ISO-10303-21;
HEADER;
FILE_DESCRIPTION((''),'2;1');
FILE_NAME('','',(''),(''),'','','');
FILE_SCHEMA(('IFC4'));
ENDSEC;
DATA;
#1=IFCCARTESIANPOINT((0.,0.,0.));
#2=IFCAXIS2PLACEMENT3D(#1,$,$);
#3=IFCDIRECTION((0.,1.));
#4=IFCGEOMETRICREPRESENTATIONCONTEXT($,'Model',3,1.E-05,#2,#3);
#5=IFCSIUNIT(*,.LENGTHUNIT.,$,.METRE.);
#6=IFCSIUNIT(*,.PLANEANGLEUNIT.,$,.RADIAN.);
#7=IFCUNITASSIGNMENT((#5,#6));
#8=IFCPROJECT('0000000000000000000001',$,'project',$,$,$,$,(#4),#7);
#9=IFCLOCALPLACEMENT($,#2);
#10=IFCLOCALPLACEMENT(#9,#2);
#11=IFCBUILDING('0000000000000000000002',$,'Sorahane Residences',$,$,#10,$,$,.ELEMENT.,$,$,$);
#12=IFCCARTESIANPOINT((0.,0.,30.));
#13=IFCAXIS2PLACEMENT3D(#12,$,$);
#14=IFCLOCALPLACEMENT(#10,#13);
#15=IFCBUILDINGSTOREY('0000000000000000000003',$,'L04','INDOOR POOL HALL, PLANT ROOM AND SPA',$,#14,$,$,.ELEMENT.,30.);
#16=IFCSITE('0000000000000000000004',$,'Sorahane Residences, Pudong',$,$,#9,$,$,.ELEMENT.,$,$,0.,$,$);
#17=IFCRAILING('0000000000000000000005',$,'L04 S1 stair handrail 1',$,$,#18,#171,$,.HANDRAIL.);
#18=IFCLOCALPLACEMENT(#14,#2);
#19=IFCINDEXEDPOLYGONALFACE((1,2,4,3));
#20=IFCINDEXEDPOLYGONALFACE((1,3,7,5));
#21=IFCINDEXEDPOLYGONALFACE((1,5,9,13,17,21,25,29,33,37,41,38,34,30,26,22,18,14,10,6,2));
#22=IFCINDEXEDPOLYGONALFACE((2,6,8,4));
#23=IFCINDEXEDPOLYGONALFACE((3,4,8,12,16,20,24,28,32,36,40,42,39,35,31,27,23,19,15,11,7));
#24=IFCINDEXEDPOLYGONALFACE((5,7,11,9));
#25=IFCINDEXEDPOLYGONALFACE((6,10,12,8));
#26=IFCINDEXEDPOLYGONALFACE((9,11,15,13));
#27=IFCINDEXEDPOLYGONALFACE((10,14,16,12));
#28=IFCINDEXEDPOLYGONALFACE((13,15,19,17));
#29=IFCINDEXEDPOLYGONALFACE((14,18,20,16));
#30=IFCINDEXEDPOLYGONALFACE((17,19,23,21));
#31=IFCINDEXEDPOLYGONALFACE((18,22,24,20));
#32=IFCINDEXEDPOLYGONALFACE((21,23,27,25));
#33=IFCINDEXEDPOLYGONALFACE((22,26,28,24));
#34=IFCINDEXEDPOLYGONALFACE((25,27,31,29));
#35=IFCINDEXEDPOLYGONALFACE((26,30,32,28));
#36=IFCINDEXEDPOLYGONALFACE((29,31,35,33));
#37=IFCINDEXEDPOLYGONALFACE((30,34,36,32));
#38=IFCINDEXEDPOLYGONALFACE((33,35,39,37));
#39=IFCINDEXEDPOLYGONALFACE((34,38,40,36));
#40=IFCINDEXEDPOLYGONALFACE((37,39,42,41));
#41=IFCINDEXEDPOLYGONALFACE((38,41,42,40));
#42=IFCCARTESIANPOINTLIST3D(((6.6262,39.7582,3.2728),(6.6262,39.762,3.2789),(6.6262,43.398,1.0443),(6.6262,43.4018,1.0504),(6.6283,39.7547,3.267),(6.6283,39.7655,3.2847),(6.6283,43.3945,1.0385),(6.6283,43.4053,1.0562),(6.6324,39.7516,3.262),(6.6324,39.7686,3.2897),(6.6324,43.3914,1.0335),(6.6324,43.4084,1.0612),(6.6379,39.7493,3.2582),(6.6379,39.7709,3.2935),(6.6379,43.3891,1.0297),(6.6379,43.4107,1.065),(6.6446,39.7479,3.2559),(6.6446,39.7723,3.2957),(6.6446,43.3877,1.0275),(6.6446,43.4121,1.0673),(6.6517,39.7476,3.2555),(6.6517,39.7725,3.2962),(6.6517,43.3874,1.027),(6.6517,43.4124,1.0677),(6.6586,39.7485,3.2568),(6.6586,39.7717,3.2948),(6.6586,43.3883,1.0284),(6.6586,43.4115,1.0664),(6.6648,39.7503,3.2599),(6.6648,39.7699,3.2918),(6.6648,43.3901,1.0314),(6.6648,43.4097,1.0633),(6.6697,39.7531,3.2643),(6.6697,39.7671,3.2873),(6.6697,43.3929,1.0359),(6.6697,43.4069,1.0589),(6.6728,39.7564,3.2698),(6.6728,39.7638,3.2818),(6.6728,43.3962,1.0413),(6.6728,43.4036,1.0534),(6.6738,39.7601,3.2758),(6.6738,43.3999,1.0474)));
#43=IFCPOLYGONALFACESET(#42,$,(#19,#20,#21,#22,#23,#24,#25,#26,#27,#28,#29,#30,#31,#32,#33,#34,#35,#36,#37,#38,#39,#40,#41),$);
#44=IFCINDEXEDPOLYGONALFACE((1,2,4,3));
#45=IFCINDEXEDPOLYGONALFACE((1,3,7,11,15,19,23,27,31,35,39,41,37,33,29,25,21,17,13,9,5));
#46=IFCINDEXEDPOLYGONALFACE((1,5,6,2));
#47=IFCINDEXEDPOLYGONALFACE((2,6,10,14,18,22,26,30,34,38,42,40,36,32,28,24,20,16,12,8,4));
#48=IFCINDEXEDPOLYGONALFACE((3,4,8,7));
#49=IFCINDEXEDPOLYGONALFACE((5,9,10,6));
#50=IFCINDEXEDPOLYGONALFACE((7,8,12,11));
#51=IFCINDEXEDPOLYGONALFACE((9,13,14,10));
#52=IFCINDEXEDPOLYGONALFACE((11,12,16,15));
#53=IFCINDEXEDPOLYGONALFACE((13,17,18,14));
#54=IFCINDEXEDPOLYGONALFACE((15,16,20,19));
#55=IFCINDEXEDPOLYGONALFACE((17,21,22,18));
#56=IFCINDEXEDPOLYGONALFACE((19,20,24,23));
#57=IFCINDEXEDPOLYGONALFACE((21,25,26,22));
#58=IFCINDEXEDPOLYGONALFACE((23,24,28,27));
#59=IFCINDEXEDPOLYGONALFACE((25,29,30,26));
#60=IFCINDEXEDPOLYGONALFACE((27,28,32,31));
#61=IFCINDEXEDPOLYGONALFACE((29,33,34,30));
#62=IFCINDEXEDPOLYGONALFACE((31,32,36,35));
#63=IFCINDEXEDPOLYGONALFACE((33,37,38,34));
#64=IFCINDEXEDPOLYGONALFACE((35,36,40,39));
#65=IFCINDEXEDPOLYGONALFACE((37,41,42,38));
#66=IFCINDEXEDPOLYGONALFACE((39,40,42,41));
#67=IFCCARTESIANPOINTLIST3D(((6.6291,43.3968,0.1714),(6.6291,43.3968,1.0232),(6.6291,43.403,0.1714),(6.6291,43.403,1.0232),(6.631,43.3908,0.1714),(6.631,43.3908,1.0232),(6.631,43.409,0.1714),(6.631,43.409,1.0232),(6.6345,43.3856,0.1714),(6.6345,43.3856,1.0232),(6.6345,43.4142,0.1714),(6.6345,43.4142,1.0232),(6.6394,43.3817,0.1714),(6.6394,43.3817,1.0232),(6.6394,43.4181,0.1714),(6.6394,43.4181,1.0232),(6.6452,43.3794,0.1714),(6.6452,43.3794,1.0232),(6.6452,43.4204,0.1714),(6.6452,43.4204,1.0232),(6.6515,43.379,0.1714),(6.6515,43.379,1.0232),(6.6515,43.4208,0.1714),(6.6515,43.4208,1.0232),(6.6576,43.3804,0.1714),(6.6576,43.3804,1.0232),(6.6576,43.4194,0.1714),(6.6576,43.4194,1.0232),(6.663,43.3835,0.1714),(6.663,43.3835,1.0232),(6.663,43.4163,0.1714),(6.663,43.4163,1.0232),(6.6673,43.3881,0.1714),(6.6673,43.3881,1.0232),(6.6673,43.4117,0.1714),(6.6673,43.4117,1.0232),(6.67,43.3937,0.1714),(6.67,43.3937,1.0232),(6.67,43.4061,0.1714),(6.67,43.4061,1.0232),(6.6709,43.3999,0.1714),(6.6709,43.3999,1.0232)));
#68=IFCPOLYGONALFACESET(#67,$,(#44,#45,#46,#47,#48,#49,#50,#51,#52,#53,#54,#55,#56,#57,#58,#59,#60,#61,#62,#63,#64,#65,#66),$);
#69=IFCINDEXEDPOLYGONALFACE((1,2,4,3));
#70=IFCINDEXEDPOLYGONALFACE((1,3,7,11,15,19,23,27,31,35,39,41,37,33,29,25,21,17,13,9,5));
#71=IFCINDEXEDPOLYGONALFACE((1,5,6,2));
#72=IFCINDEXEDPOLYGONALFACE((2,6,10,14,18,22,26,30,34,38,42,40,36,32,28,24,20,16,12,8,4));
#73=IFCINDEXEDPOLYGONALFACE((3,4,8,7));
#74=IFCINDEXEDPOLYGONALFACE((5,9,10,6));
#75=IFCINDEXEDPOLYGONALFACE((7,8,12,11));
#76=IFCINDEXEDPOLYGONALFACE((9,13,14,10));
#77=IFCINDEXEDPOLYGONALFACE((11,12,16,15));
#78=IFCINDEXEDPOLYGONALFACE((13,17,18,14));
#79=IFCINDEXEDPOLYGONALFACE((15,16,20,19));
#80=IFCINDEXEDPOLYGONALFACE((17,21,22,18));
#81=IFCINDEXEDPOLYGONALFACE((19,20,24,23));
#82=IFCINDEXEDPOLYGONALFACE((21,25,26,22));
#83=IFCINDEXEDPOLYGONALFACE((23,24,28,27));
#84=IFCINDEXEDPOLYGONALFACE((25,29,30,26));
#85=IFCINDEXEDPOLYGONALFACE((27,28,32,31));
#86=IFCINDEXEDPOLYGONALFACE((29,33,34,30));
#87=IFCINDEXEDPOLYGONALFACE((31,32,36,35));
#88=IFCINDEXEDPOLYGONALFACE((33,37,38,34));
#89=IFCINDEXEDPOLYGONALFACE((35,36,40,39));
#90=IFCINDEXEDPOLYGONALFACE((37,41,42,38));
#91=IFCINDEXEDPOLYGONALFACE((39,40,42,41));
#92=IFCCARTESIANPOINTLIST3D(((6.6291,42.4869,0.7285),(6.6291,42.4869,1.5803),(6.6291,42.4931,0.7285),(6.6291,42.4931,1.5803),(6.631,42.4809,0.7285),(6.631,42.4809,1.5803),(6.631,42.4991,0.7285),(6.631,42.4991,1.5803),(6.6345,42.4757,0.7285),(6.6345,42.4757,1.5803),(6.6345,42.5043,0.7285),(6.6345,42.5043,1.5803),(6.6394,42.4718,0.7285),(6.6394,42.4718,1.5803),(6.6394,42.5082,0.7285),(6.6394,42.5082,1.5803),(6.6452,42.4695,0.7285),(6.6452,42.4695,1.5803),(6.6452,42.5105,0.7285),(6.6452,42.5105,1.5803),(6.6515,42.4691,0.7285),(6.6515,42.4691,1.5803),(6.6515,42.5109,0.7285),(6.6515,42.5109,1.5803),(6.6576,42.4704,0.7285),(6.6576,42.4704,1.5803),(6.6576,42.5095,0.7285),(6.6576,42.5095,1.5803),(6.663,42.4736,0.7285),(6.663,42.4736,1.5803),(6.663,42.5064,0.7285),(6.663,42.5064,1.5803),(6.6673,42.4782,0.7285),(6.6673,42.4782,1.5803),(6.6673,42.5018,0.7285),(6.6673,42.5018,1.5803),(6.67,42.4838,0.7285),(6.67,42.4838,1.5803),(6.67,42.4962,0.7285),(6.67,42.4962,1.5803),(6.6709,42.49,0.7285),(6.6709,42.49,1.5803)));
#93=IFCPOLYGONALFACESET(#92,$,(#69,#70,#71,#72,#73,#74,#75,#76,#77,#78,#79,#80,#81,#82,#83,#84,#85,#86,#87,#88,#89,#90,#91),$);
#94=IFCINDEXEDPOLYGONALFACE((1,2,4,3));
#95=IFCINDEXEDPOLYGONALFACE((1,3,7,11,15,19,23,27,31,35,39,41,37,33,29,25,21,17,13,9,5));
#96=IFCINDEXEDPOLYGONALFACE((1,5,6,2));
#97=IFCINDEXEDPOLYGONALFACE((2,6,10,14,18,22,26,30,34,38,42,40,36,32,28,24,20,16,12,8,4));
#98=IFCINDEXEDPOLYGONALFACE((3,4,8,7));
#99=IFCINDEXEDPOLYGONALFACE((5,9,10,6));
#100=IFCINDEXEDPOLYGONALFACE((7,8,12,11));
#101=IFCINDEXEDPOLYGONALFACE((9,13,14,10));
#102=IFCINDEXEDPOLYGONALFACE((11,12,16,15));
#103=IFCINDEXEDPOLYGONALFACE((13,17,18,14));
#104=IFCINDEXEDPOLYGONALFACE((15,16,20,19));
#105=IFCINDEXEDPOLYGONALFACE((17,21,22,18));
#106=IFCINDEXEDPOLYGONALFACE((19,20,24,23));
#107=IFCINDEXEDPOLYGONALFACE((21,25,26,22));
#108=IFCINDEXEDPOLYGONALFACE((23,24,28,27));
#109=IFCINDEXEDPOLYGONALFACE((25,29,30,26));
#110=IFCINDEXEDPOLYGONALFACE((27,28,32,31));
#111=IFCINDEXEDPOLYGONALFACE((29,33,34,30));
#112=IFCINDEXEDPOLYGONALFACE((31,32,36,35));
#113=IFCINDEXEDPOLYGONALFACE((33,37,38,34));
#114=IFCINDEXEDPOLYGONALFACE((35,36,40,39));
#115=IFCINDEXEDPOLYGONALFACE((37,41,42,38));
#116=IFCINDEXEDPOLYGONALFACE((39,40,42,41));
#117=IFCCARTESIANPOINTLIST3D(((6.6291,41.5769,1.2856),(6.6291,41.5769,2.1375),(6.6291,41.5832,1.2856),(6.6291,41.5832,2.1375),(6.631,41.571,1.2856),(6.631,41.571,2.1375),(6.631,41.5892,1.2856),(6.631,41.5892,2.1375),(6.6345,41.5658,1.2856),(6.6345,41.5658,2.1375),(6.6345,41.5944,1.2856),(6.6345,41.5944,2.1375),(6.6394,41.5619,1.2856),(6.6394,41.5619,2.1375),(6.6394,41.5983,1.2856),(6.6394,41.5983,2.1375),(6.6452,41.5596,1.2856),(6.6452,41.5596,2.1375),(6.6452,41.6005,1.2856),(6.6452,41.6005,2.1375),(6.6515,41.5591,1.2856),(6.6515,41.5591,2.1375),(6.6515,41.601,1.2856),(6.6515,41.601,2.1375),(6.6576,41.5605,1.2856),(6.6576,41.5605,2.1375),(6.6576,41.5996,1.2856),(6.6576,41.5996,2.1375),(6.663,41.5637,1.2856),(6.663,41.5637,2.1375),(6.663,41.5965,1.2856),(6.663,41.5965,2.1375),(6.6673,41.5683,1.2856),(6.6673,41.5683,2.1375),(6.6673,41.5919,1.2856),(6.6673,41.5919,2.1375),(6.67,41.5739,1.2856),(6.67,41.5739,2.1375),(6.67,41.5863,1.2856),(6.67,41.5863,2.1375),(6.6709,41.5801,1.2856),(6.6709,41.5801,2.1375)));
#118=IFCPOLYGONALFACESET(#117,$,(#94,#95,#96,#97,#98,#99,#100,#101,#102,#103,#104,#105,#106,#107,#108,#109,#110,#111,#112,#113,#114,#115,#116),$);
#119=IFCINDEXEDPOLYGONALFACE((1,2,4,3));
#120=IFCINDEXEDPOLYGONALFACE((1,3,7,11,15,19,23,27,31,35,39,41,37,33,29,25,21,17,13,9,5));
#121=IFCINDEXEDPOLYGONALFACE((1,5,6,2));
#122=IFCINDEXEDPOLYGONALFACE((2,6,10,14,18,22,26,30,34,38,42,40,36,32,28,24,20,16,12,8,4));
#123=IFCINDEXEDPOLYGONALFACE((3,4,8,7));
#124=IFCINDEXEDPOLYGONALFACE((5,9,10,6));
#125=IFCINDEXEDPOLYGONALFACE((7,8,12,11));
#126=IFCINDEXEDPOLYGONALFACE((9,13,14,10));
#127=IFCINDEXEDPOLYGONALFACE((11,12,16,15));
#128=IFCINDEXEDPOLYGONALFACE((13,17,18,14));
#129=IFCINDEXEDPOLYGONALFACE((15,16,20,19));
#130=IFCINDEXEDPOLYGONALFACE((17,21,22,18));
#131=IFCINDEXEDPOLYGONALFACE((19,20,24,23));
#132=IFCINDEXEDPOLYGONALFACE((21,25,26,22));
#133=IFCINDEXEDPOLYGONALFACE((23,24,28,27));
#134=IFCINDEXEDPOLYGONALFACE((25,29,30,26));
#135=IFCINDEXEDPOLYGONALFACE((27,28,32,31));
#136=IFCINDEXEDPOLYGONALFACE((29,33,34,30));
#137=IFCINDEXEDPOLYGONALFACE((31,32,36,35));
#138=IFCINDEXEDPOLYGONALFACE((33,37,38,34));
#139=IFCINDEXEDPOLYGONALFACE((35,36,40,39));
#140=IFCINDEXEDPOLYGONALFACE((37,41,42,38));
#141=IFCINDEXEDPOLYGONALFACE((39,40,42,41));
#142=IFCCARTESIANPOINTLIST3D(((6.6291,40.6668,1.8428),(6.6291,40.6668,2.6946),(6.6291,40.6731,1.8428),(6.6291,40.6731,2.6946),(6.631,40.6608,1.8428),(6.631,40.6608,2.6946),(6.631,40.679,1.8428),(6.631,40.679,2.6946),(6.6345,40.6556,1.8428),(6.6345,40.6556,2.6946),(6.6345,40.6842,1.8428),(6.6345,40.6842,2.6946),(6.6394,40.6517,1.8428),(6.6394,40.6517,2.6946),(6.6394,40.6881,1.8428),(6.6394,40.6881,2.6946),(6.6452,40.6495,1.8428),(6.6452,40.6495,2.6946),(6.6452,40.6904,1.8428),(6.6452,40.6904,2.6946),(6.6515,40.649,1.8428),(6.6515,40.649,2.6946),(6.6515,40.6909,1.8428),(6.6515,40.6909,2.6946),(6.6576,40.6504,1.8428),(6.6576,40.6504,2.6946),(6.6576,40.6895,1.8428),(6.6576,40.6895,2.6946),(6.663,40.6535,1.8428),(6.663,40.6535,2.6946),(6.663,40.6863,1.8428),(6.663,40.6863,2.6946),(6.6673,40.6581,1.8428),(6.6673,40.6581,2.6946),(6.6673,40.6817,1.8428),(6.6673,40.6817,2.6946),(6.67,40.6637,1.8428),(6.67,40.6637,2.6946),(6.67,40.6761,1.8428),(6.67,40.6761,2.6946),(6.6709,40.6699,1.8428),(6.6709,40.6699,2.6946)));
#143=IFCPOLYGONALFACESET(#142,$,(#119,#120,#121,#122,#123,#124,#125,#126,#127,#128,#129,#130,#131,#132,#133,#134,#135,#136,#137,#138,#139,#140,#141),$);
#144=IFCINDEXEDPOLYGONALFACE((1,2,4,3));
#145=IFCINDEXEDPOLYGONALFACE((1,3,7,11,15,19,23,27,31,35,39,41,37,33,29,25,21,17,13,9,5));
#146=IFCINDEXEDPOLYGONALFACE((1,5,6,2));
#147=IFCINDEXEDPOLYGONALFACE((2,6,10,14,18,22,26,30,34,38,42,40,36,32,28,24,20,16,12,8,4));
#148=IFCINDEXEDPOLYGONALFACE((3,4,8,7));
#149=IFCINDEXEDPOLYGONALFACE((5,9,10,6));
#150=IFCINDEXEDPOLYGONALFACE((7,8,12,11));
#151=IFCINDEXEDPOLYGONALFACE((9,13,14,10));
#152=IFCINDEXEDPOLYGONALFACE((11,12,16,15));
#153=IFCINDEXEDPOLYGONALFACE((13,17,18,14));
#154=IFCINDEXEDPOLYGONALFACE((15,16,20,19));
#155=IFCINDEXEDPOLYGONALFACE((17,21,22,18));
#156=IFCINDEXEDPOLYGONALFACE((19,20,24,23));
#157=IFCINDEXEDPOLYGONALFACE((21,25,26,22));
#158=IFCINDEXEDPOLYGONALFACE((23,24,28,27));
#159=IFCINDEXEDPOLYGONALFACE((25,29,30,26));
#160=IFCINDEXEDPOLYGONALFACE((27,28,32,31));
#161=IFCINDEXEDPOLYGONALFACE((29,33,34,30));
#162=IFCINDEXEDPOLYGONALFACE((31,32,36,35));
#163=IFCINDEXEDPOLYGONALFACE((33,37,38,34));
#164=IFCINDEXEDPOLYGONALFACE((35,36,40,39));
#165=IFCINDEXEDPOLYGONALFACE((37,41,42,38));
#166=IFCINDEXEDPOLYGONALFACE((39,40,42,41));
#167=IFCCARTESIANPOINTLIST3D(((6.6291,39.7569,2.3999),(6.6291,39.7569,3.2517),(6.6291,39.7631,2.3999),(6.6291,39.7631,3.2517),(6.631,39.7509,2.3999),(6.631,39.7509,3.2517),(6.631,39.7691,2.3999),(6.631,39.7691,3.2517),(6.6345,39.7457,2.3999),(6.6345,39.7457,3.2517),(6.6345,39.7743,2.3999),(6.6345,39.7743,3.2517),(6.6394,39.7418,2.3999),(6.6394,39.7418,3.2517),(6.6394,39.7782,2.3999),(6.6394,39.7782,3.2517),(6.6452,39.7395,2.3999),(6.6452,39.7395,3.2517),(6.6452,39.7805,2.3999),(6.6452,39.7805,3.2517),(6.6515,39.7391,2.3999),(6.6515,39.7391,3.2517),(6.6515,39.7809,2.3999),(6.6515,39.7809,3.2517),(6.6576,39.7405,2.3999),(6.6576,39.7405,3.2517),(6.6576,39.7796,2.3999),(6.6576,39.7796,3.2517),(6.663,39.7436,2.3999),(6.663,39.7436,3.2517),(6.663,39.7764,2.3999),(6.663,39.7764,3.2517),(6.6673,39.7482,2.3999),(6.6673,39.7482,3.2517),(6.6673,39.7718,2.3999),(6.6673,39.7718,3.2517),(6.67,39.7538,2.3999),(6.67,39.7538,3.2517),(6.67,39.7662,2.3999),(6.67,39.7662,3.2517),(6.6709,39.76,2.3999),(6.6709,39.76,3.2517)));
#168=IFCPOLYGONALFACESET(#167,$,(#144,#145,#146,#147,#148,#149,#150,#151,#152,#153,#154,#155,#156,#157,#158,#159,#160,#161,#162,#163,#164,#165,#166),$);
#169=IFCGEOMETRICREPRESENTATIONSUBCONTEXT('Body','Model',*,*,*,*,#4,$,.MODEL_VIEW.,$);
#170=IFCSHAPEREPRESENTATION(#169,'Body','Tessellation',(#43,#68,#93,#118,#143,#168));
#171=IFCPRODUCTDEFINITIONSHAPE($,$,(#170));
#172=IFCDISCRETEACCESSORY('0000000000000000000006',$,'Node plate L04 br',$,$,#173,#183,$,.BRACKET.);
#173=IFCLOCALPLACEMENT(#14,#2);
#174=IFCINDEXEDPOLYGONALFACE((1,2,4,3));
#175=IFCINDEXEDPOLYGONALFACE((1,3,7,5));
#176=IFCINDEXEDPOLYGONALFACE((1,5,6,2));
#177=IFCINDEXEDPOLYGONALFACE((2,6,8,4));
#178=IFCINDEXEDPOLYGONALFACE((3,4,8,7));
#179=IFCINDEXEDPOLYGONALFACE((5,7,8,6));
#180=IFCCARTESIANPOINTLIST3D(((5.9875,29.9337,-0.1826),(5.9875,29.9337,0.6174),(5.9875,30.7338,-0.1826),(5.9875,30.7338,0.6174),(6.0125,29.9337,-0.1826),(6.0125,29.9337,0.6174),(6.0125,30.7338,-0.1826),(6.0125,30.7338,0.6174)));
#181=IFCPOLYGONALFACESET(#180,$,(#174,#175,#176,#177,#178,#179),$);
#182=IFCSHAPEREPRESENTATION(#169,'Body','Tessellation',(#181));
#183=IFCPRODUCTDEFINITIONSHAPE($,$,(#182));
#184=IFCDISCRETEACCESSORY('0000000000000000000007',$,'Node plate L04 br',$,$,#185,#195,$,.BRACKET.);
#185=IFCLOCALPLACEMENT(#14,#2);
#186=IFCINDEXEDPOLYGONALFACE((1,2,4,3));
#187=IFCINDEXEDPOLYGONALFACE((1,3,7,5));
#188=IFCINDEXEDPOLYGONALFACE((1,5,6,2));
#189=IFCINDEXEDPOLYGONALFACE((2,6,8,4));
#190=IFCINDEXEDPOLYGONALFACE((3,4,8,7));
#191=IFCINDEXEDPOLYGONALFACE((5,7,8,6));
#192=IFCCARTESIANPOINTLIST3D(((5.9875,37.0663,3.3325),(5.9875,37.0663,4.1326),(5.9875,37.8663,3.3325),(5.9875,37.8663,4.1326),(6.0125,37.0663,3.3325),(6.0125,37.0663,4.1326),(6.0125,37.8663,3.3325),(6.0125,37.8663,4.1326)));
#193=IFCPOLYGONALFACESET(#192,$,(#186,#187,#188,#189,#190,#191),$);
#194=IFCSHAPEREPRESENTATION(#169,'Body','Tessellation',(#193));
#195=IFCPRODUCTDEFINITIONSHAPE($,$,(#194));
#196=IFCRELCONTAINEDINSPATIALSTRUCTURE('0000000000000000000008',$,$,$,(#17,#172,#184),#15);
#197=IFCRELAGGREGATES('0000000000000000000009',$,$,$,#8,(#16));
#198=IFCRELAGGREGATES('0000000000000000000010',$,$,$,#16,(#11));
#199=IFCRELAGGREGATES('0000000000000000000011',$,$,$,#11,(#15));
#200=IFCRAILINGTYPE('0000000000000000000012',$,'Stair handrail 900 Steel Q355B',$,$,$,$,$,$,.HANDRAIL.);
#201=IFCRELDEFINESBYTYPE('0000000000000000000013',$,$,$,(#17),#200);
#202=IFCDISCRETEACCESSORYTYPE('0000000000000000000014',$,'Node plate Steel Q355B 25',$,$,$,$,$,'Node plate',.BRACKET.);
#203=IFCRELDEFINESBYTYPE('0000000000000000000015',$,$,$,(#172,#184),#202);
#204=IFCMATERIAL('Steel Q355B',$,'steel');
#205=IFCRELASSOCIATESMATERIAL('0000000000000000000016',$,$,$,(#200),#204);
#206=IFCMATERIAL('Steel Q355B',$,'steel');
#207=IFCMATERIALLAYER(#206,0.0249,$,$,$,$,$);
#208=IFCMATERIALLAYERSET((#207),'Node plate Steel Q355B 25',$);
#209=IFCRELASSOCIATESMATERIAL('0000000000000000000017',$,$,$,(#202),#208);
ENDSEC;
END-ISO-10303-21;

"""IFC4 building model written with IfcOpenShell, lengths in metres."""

from ifc_helpers import new_model, si_unit, direction, frame, origin, origin_2d, place, context, subcontext, project, spatial, rectangle, circle, extrude, material, layer, layer_set, type_object, element, save


model = new_model("IFC4")

# Units and contexts
model_context = context("Model", 3, precision=1e-05, world=origin(), true_north=direction((0.0, 1.0)))
body_context = subcontext(model_context, "Body", "Model", "MODEL_VIEW")
ifc_project = project(units=[si_unit("LENGTHUNIT", "METRE"), si_unit("PLANEANGLEUNIT", "RADIAN")], contexts=[model_context])

# Site, building, storey
site_placement = place(None, origin())
site = spatial("IfcSite", under=ifc_project, at=site_placement, Name="Sorahane Residences, Pudong", CompositionType="ELEMENT", RefElevation=0.0)
building_placement = place(site_placement, origin())
building = spatial("IfcBuilding", under=site, at=building_placement, Name="Sorahane Residences", CompositionType="ELEMENT")
storey_placement = place(building_placement, frame((0.0, 0.0, 30.0)))
storey = spatial("IfcBuildingStorey", under=building, at=storey_placement, Name="L04", Description="INDOOR POOL HALL, PLANT ROOM AND SPA", CompositionType="ELEMENT", Elevation=30.0)

# Railing
ifc_material_1 = material(Name="Steel Q355B", Category="steel")
railing_type = type_object("IfcRailingType", Name="Stair handrail 900 Steel Q355B", PredefinedType="HANDRAIL", material=ifc_material_1)
railing_placement = place(storey_placement, frame((6.6499, 43.3999, 0.1714)))
element("IfcRailing", 1, at=railing_placement, inside=storey, type_object=railing_type, Name="L04 S1 stair handrail 1", PredefinedType="HANDRAIL", context=body_context, shape_type="SweptSolid", body=[
    extrude(circle(Radius=0.0239, at=origin_2d()), frame((0.0, 0.0, 0.876), z_axis=(0.0, -0.85285, 0.522156), x_axis=(1.0, 0.0, 0.0)), (0.0, 0.0, 1.0), 4.2678),
    extrude(circle(Radius=0.021, at=origin_2d()), origin(), (0.0, 0.0, 1.0), 0.8518),
    extrude(circle(Radius=0.021, at=origin_2d()), frame((0.0, -0.9099, 0.5571)), (0.0, 0.0, 1.0), 0.8518),
    extrude(circle(Radius=0.021, at=origin_2d()), frame((0.0, -1.8198, 1.1143)), (0.0, 0.0, 1.0), 0.8518),
    extrude(circle(Radius=0.021, at=origin_2d()), frame((0.0, -2.73, 1.6714)), (0.0, 0.0, 1.0), 0.8518),
    extrude(circle(Radius=0.021, at=origin_2d()), frame((0.0, -3.6399, 2.2285)), (0.0, 0.0, 1.0), 0.8518),
])

# Discrete accessories
ifc_material_2 = material(Name="Steel Q355B", Category="steel")
ifc_layer_1 = layer(ifc_material_2, 0.0249)
ifc_layer_set_1 = layer_set([ifc_layer_1], Name="Node plate Steel Q355B 25")
discrete_accessory_type = type_object("IfcDiscreteAccessoryType", Name="Node plate Steel Q355B 25", ElementType="Node plate", PredefinedType="BRACKET", material=ifc_layer_set_1)
for number, where, z_axis, x_axis, name in (
    (2, (6.0, 30.3337, -0.1826), (0.0, 0.0, 1.0), (0.0, 1.0, 0.0), "Node plate L04 br"),
    (3, (6.0, 37.4663, 3.3325), (0.0, 0.0, 1.0), (0.0, 1.0, 0.0), "Node plate L04 br"),
):
    element("IfcDiscreteAccessory", number, at=place(storey_placement, frame(where, z_axis=z_axis, x_axis=x_axis)), inside=storey, type_object=discrete_accessory_type, Name=name, PredefinedType="BRACKET", context=body_context, shape_type="SweptSolid", body=[
        extrude(rectangle(XDim=0.8, YDim=0.0249, at=origin_2d()), origin(), (0.0, 0.0, 1.0), 0.8),
    ])

save(model, "model.ifc")
